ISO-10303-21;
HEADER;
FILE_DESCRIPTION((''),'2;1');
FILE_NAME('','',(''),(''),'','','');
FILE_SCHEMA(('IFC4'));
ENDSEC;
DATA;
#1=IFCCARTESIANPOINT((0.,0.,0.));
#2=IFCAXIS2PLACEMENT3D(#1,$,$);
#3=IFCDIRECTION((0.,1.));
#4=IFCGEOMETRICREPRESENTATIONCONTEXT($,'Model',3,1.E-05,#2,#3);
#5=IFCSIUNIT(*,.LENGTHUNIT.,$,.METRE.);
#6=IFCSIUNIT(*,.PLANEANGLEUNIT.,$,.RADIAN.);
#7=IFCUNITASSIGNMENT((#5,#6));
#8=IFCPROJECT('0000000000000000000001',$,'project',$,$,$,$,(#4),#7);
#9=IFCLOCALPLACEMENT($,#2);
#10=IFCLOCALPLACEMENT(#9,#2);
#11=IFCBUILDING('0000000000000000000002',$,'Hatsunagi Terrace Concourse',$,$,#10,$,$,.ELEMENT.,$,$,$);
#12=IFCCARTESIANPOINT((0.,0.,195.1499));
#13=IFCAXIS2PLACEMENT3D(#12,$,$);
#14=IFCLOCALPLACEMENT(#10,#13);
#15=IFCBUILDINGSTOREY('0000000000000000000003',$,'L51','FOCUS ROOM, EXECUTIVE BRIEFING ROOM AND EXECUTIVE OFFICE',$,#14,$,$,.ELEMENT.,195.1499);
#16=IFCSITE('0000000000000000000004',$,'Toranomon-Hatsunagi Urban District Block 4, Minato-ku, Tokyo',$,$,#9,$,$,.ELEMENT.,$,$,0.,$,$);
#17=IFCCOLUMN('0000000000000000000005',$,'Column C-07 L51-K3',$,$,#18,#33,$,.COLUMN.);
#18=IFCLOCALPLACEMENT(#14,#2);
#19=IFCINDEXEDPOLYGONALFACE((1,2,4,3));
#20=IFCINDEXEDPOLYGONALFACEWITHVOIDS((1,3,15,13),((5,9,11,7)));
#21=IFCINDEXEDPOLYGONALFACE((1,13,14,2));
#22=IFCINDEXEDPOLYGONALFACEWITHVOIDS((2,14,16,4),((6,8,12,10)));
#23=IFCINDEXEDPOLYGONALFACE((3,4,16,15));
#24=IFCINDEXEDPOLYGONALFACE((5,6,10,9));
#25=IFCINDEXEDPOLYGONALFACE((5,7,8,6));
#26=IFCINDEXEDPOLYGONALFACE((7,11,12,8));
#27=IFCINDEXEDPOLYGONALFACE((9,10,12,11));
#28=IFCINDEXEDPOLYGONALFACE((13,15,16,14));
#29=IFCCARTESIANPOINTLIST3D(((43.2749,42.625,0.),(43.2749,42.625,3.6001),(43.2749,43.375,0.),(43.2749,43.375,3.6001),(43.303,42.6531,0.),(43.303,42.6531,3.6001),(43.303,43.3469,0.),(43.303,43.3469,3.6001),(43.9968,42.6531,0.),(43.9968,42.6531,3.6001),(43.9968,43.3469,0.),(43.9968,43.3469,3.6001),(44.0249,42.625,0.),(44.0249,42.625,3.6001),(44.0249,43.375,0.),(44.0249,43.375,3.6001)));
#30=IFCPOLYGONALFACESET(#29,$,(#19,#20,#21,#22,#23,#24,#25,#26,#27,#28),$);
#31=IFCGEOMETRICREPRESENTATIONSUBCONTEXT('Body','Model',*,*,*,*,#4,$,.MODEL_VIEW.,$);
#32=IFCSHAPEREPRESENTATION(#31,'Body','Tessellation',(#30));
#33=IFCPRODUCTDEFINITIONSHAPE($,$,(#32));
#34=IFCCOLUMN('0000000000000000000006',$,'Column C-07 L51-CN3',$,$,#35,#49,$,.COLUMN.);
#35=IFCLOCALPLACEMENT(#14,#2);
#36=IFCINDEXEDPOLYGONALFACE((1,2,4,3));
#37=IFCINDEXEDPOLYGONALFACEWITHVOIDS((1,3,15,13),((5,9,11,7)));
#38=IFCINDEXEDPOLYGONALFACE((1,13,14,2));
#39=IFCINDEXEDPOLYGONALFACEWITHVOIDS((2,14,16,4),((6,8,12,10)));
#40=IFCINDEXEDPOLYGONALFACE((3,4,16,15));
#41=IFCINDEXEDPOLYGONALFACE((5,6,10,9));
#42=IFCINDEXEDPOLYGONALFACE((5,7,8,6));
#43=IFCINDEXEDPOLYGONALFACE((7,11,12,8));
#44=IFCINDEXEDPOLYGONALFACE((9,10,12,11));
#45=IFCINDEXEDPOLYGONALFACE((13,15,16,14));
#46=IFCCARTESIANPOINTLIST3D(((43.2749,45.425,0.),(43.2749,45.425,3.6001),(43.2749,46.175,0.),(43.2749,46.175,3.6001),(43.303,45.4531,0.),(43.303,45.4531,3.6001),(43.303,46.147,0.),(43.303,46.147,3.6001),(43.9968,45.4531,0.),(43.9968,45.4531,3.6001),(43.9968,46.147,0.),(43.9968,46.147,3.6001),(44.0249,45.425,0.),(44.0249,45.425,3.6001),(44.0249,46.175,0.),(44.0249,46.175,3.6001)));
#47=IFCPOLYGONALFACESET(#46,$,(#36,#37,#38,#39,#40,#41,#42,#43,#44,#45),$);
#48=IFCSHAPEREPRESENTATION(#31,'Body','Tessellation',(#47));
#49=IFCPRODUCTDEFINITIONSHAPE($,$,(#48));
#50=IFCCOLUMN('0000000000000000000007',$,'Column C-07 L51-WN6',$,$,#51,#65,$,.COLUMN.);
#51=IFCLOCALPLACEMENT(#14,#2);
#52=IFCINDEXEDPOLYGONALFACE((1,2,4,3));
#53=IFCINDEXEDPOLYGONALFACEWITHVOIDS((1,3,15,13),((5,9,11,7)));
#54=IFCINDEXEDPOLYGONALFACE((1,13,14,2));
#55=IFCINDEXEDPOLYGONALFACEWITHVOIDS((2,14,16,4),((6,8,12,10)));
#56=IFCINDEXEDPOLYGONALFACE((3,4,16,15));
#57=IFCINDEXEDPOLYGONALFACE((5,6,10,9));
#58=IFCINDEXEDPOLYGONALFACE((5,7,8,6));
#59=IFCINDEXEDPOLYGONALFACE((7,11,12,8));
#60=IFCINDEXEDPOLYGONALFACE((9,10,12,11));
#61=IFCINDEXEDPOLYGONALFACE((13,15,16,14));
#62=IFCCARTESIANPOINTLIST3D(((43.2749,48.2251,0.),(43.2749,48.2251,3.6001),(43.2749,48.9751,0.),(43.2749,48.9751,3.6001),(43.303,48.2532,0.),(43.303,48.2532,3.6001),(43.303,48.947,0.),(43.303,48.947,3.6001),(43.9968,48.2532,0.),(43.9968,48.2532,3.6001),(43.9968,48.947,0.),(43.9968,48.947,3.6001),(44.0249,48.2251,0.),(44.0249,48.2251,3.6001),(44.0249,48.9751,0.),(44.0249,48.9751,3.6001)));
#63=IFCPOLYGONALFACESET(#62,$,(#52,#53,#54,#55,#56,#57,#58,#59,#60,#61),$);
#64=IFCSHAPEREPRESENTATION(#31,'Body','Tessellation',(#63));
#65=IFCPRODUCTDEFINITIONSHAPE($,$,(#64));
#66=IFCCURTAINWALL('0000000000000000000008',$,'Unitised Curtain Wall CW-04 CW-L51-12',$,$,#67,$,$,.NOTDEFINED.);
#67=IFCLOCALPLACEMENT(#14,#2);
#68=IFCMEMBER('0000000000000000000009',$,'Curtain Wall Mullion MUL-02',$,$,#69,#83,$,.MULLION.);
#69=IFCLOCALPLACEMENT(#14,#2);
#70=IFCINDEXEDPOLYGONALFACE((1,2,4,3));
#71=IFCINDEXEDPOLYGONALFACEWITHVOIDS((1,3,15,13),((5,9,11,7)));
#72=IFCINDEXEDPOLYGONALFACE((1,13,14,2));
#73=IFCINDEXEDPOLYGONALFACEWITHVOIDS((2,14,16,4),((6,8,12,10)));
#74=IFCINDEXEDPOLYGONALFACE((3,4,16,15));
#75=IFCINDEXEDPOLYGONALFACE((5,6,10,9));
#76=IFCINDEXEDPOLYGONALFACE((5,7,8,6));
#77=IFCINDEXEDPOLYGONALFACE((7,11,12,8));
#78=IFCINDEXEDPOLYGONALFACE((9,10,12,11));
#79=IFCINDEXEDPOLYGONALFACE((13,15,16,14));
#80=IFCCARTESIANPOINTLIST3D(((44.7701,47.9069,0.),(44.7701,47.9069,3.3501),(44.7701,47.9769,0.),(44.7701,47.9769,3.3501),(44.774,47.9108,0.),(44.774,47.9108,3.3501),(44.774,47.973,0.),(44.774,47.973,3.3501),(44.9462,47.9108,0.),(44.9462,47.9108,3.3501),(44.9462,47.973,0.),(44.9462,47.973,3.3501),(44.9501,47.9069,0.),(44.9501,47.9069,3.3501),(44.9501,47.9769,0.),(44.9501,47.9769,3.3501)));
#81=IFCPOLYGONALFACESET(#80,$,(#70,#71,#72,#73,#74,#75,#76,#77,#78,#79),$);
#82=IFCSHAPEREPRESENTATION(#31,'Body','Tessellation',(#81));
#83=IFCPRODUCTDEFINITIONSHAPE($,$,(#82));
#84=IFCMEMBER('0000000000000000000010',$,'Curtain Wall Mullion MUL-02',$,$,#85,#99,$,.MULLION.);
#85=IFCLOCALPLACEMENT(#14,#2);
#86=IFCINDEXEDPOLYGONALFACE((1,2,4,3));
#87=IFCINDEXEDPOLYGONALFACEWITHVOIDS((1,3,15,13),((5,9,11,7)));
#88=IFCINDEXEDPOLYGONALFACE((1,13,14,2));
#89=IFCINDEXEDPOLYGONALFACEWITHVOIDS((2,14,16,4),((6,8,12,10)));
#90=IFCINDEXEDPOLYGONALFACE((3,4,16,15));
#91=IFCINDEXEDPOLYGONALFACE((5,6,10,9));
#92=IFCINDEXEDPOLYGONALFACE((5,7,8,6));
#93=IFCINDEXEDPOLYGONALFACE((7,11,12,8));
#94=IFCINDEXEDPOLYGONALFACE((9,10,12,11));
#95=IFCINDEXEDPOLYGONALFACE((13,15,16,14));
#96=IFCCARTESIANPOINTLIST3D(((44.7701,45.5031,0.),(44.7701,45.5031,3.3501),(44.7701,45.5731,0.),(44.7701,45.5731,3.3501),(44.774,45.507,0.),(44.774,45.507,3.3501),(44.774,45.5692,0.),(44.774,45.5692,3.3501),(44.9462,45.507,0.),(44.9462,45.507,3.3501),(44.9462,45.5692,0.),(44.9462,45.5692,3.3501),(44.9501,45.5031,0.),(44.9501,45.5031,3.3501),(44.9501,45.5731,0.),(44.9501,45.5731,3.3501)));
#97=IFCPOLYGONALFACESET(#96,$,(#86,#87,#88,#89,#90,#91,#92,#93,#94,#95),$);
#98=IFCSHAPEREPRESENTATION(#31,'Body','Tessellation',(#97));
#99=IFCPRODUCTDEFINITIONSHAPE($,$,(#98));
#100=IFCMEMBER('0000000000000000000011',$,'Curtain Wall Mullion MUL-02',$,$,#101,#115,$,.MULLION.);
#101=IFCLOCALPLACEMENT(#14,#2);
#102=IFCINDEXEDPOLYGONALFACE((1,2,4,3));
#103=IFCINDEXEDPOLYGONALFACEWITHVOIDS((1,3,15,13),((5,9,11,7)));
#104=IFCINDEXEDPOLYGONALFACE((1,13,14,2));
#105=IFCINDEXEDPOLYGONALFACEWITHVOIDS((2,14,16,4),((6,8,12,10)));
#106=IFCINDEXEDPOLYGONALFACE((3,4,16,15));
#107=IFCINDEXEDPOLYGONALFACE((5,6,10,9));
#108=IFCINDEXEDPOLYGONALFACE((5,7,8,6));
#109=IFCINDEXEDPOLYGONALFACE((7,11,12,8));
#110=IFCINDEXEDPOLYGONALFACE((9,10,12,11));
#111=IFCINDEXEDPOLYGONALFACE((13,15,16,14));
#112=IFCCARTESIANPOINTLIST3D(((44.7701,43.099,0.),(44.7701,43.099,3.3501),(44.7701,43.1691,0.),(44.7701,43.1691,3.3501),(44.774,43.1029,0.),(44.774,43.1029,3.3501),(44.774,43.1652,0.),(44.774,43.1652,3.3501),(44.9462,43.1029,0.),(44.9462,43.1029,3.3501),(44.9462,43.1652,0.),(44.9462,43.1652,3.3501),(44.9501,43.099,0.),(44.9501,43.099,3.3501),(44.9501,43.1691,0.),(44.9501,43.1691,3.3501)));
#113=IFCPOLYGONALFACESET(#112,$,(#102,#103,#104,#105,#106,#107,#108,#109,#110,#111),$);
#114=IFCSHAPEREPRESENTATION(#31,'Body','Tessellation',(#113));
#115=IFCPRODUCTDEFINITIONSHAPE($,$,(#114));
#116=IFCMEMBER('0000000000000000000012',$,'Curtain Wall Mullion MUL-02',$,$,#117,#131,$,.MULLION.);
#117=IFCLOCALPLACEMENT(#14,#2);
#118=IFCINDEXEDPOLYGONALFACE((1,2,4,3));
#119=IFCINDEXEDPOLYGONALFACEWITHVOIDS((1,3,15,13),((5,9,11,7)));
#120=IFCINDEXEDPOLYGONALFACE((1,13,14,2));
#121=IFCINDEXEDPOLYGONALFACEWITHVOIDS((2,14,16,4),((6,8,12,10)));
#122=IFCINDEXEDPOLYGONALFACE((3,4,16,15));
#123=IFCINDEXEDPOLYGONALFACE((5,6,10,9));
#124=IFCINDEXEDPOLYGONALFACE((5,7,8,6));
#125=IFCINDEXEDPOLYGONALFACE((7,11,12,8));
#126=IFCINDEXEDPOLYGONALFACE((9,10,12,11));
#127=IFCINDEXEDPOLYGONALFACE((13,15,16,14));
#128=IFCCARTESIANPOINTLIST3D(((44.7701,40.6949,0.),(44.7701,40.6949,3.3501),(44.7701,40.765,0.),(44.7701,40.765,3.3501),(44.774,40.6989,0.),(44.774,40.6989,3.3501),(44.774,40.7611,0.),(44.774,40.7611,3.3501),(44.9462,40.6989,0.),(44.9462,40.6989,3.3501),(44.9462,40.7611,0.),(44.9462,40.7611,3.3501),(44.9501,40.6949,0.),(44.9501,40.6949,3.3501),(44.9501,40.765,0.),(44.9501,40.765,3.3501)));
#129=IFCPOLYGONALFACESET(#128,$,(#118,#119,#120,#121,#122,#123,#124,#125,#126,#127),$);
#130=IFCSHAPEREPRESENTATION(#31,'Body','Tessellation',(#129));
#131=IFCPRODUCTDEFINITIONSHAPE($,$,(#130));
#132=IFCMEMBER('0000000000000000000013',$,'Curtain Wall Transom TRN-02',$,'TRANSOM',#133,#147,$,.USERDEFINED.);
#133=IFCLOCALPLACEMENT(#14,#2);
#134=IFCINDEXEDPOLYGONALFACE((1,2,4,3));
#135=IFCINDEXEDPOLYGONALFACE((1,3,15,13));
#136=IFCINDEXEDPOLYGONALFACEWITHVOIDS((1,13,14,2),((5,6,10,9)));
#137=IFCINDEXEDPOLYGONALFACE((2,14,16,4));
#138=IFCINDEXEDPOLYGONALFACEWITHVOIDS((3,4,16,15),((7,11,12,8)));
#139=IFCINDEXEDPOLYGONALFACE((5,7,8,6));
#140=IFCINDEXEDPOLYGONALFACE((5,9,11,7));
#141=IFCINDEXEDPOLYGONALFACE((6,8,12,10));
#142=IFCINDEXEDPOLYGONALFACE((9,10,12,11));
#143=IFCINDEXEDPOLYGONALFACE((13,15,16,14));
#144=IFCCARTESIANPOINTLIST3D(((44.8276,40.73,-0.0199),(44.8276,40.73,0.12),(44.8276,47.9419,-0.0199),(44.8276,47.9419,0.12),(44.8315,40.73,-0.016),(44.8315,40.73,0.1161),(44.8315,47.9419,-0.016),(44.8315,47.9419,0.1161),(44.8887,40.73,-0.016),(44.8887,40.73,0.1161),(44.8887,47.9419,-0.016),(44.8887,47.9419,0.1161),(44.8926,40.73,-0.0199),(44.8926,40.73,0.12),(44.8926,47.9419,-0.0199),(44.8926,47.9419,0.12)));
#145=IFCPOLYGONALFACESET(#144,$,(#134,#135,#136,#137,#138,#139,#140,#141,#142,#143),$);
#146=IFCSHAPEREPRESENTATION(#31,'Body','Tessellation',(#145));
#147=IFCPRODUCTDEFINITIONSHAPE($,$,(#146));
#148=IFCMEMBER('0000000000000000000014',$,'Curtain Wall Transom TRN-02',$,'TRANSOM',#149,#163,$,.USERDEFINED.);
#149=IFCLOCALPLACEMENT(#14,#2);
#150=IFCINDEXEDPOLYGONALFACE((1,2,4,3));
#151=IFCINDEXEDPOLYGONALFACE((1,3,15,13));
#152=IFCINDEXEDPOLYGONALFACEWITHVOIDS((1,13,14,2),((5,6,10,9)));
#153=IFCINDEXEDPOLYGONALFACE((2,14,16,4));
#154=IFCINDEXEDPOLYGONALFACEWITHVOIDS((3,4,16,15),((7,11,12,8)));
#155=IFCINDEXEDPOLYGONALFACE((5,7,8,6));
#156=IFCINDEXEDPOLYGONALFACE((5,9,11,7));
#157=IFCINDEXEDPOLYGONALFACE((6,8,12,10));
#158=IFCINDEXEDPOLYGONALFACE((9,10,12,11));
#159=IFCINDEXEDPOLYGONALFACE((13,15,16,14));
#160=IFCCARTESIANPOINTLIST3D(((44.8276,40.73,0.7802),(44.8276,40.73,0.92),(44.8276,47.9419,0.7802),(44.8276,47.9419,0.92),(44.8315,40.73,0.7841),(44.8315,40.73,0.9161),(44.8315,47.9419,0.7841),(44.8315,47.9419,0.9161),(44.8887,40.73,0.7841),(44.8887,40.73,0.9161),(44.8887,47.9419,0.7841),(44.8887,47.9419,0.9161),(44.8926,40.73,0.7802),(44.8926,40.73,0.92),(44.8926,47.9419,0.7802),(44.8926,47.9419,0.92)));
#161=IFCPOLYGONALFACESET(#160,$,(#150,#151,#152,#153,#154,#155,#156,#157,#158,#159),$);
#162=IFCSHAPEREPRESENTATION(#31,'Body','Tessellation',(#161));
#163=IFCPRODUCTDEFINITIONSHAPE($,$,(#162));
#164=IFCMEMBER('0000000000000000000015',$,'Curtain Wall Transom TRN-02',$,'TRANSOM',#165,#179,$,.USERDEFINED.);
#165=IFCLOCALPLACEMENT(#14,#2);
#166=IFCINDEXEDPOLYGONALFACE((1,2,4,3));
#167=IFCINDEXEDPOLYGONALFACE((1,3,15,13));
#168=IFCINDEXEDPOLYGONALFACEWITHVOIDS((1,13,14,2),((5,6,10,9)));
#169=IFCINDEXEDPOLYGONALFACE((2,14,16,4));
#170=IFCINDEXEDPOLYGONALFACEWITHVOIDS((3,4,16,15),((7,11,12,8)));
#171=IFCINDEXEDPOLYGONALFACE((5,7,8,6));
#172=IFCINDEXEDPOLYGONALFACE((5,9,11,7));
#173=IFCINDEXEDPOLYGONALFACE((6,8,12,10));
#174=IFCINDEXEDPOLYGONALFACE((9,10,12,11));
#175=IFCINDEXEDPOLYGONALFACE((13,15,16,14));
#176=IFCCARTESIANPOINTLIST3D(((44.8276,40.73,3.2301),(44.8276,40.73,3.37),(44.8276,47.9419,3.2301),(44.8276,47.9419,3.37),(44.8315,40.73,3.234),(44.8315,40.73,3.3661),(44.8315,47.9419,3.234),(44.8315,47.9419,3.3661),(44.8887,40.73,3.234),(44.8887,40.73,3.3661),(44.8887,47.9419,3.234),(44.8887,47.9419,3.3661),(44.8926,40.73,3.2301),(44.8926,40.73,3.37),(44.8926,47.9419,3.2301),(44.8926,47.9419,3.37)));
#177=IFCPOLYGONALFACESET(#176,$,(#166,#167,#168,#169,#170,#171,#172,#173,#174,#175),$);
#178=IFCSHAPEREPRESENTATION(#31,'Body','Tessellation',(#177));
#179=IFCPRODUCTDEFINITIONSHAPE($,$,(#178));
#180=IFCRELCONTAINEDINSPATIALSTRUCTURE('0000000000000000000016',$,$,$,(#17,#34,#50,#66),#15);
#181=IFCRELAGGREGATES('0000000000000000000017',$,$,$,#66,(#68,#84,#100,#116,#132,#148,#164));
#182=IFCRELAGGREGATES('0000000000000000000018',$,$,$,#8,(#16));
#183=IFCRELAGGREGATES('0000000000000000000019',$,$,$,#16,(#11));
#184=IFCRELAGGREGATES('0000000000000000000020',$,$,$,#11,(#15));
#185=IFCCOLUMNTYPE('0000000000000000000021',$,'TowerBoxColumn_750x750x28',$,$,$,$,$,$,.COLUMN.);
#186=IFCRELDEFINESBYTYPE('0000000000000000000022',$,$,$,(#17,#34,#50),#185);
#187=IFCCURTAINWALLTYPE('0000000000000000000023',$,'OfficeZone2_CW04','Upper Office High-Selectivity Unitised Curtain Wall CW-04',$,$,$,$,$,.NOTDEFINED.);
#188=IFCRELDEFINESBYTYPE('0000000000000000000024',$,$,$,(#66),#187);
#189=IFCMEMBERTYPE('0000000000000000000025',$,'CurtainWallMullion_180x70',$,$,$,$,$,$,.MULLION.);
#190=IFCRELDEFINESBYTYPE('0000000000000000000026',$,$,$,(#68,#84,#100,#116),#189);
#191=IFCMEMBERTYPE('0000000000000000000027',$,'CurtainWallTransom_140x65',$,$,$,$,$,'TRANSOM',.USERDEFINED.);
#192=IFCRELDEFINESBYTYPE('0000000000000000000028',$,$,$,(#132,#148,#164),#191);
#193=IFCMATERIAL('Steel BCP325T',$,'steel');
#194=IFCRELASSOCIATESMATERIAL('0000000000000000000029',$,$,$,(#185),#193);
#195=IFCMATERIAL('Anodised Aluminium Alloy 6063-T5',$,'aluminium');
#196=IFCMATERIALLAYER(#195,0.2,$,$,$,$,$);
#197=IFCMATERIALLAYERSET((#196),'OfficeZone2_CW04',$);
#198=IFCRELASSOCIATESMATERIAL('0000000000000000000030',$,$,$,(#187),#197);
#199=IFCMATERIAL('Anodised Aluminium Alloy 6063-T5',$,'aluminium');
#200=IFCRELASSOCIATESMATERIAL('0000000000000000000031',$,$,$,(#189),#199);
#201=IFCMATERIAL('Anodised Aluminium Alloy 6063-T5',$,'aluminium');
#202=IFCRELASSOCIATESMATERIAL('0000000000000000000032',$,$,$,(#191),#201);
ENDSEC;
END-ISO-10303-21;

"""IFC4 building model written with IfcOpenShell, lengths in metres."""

from ifc_helpers import new_model, si_unit, direction, frame, origin, origin_2d, place, context, subcontext, project, spatial, hollow_rectangle, extrude, material, layer, layer_set, material_profile, profile_set, type_object, element, aggregate, save


model = new_model("IFC4")

# Units and contexts
model_context = context("Model", 3, precision=1e-05, world=origin(), true_north=direction((0.0, 1.0)))
body_context = subcontext(model_context, "Body", "Model", "MODEL_VIEW")
ifc_project = project(units=[si_unit("LENGTHUNIT", "METRE"), si_unit("PLANEANGLEUNIT", "RADIAN")], contexts=[model_context])

# Site, building, storey
site_placement = place(None, origin())
site = spatial("IfcSite", under=ifc_project, at=site_placement, Name="Toranomon-Hatsunagi Urban District Block 4, Minato-ku, Tokyo", CompositionType="ELEMENT", RefElevation=0.0)
building_placement = place(site_placement, origin())
building = spatial("IfcBuilding", under=site, at=building_placement, Name="Hatsunagi Terrace Concourse", CompositionType="ELEMENT")
storey_placement = place(building_placement, frame((0.0, 0.0, 195.1499)))
storey = spatial("IfcBuildingStorey", under=building, at=storey_placement, Name="L51", Description="FOCUS ROOM, EXECUTIVE BRIEFING ROOM AND EXECUTIVE OFFICE", CompositionType="ELEMENT", Elevation=195.1499)

# Columns
ifc_material_1 = material(Name="Steel BCP325T", Category="steel")
ifc_material_profile_1 = material_profile(ifc_material_1, hollow_rectangle(XDim=0.75, YDim=0.75, WallThickness=0.0281, at=origin_2d()), Name="BCP-750x750x28")
ifc_profile_set_1 = profile_set([ifc_material_profile_1], Name="Steel BCP325T")
column_type = type_object("IfcColumnType", Name="TowerBoxColumn_750x750x28", PredefinedType="COLUMN", material=ifc_profile_set_1)
for number, where, z_axis, x_axis, name in (
    (1, (43.6499, 43.0, 0.0), (0.0, 0.0, 1.0), (1.0, 0.0, 0.0), "Column C-07 L51-K3"),
    (2, (43.6499, 45.8, 0.0), (0.0, 0.0, 1.0), (1.0, 0.0, 0.0), "Column C-07 L51-CN3"),
    (3, (43.6499, 48.6001, 0.0), (0.0, 0.0, 1.0), (1.0, 0.0, 0.0), "Column C-07 L51-WN6"),
):
    element("IfcColumn", number, at=place(storey_placement, frame(where, z_axis=z_axis, x_axis=x_axis)), inside=storey, type_object=column_type, Name=name, PredefinedType="COLUMN", context=body_context, shape_type="SweptSolid", body=[
        extrude(hollow_rectangle(XDim=0.75, YDim=0.75, WallThickness=0.0281, at=origin_2d()), origin(), (0.0, 0.0, 1.0), 3.6001),
    ])

# Curtain wall, members
ifc_material_2 = material(Name="Anodised Aluminium Alloy 6063-T5", Category="aluminium")
ifc_layer_1 = layer(ifc_material_2, 0.2)
ifc_layer_set_1 = layer_set([ifc_layer_1], Name="OfficeZone2_CW04")
curtain_wall_type = type_object("IfcCurtainWallType", Name="OfficeZone2_CW04", Description="Upper Office High-Selectivity Unitised Curtain Wall CW-04", PredefinedType="NOTDEFINED", material=ifc_layer_set_1)
curtain_wall_placement = place(storey_placement, origin())
curtain_wall = element("IfcCurtainWall", 4, at=curtain_wall_placement, inside=storey, type_object=curtain_wall_type, Name="Unitised Curtain Wall CW-04 CW-L51-12", PredefinedType="NOTDEFINED")
ifc_material_3 = material(Name="Anodised Aluminium Alloy 6063-T5", Category="aluminium")
ifc_material_profile_2 = material_profile(ifc_material_3, hollow_rectangle(XDim=0.0701, YDim=0.1799, WallThickness=0.0039, at=origin_2d()), Name="ALU-MUL-180x70x4")
ifc_profile_set_2 = profile_set([ifc_material_profile_2], Name="Anodised Aluminium Alloy 6063-T5")
member_type_1 = type_object("IfcMemberType", Name="CurtainWallMullion_180x70", PredefinedType="MULLION", material=ifc_profile_set_2)
member_1_placement = place(storey_placement, frame((44.8601, 47.9419, 0.0), z_axis=(0.0, 0.0, 1.0), x_axis=(0.0, -1.0, 0.0)))
member_1 = element("IfcMember", 5, at=member_1_placement, type_object=member_type_1, Name="Curtain Wall Mullion MUL-02", PredefinedType="MULLION", context=body_context, shape_type="SweptSolid", body=[
    extrude(hollow_rectangle(XDim=0.0701, YDim=0.1799, WallThickness=0.0039, at=origin_2d()), origin(), (0.0, 0.0, 1.0), 3.3501),
])
member_2_placement = place(storey_placement, frame((44.8601, 45.5381, 0.0), z_axis=(0.0, 0.0, 1.0), x_axis=(0.0, -1.0, 0.0)))
member_2 = element("IfcMember", 6, at=member_2_placement, type_object=member_type_1, Name="Curtain Wall Mullion MUL-02", PredefinedType="MULLION", context=body_context, shape_type="SweptSolid", body=[
    extrude(hollow_rectangle(XDim=0.0701, YDim=0.1799, WallThickness=0.0039, at=origin_2d()), origin(), (0.0, 0.0, 1.0), 3.3501),
])
member_3_placement = place(storey_placement, frame((44.8601, 43.134, 0.0), z_axis=(0.0, 0.0, 1.0), x_axis=(0.0, -1.0, 0.0)))
member_3 = element("IfcMember", 7, at=member_3_placement, type_object=member_type_1, Name="Curtain Wall Mullion MUL-02", PredefinedType="MULLION", context=body_context, shape_type="SweptSolid", body=[
    extrude(hollow_rectangle(XDim=0.0701, YDim=0.1799, WallThickness=0.0039, at=origin_2d()), origin(), (0.0, 0.0, 1.0), 3.3501),
])
member_4_placement = place(storey_placement, frame((44.8601, 40.73, 0.0), z_axis=(0.0, 0.0, 1.0), x_axis=(0.0, -1.0, 0.0)))
member_4 = element("IfcMember", 8, at=member_4_placement, type_object=member_type_1, Name="Curtain Wall Mullion MUL-02", PredefinedType="MULLION", context=body_context, shape_type="SweptSolid", body=[
    extrude(hollow_rectangle(XDim=0.0701, YDim=0.1799, WallThickness=0.0039, at=origin_2d()), origin(), (0.0, 0.0, 1.0), 3.3501),
])
ifc_material_4 = material(Name="Anodised Aluminium Alloy 6063-T5", Category="aluminium")
ifc_material_profile_3 = material_profile(ifc_material_4, hollow_rectangle(XDim=0.0649, YDim=0.1399, WallThickness=0.0039, at=origin_2d()), Name="ALU-TRN-140x65x4")
ifc_profile_set_3 = profile_set([ifc_material_profile_3], Name="Anodised Aluminium Alloy 6063-T5")
member_type_2 = type_object("IfcMemberType", Name="CurtainWallTransom_140x65", ElementType="TRANSOM", PredefinedType="USERDEFINED", material=ifc_profile_set_3)
member_5_placement = place(storey_placement, frame((44.8601, 47.9419, 0.05), z_axis=(0.0, -1.0, 0.0), x_axis=(1.0, 0.0, 0.0)))
member_5 = element("IfcMember", 9, at=member_5_placement, type_object=member_type_2, Name="Curtain Wall Transom TRN-02", ObjectType="TRANSOM", PredefinedType="USERDEFINED", context=body_context, shape_type="SweptSolid", body=[
    extrude(hollow_rectangle(XDim=0.0649, YDim=0.1399, WallThickness=0.0039, at=origin_2d()), origin(), (0.0, 0.0, 1.0), 7.2119),
])
member_6_placement = place(storey_placement, frame((44.8601, 47.9419, 0.8501), z_axis=(0.0, -1.0, 0.0), x_axis=(1.0, 0.0, 0.0)))
member_6 = element("IfcMember", 10, at=member_6_placement, type_object=member_type_2, Name="Curtain Wall Transom TRN-02", ObjectType="TRANSOM", PredefinedType="USERDEFINED", context=body_context, shape_type="SweptSolid", body=[
    extrude(hollow_rectangle(XDim=0.0649, YDim=0.1399, WallThickness=0.0039, at=origin_2d()), origin(), (0.0, 0.0, 1.0), 7.2119),
])
member_7_placement = place(storey_placement, frame((44.8601, 47.9419, 3.3), z_axis=(0.0, -1.0, 0.0), x_axis=(1.0, 0.0, 0.0)))
member_7 = element("IfcMember", 11, at=member_7_placement, type_object=member_type_2, Name="Curtain Wall Transom TRN-02", ObjectType="TRANSOM", PredefinedType="USERDEFINED", context=body_context, shape_type="SweptSolid", body=[
    extrude(hollow_rectangle(XDim=0.0649, YDim=0.1399, WallThickness=0.0039, at=origin_2d()), origin(), (0.0, 0.0, 1.0), 7.2119),
])

aggregate(curtain_wall, [member_1, member_2, member_3, member_4, member_5, member_6, member_7])

save(model, "model.ifc")
